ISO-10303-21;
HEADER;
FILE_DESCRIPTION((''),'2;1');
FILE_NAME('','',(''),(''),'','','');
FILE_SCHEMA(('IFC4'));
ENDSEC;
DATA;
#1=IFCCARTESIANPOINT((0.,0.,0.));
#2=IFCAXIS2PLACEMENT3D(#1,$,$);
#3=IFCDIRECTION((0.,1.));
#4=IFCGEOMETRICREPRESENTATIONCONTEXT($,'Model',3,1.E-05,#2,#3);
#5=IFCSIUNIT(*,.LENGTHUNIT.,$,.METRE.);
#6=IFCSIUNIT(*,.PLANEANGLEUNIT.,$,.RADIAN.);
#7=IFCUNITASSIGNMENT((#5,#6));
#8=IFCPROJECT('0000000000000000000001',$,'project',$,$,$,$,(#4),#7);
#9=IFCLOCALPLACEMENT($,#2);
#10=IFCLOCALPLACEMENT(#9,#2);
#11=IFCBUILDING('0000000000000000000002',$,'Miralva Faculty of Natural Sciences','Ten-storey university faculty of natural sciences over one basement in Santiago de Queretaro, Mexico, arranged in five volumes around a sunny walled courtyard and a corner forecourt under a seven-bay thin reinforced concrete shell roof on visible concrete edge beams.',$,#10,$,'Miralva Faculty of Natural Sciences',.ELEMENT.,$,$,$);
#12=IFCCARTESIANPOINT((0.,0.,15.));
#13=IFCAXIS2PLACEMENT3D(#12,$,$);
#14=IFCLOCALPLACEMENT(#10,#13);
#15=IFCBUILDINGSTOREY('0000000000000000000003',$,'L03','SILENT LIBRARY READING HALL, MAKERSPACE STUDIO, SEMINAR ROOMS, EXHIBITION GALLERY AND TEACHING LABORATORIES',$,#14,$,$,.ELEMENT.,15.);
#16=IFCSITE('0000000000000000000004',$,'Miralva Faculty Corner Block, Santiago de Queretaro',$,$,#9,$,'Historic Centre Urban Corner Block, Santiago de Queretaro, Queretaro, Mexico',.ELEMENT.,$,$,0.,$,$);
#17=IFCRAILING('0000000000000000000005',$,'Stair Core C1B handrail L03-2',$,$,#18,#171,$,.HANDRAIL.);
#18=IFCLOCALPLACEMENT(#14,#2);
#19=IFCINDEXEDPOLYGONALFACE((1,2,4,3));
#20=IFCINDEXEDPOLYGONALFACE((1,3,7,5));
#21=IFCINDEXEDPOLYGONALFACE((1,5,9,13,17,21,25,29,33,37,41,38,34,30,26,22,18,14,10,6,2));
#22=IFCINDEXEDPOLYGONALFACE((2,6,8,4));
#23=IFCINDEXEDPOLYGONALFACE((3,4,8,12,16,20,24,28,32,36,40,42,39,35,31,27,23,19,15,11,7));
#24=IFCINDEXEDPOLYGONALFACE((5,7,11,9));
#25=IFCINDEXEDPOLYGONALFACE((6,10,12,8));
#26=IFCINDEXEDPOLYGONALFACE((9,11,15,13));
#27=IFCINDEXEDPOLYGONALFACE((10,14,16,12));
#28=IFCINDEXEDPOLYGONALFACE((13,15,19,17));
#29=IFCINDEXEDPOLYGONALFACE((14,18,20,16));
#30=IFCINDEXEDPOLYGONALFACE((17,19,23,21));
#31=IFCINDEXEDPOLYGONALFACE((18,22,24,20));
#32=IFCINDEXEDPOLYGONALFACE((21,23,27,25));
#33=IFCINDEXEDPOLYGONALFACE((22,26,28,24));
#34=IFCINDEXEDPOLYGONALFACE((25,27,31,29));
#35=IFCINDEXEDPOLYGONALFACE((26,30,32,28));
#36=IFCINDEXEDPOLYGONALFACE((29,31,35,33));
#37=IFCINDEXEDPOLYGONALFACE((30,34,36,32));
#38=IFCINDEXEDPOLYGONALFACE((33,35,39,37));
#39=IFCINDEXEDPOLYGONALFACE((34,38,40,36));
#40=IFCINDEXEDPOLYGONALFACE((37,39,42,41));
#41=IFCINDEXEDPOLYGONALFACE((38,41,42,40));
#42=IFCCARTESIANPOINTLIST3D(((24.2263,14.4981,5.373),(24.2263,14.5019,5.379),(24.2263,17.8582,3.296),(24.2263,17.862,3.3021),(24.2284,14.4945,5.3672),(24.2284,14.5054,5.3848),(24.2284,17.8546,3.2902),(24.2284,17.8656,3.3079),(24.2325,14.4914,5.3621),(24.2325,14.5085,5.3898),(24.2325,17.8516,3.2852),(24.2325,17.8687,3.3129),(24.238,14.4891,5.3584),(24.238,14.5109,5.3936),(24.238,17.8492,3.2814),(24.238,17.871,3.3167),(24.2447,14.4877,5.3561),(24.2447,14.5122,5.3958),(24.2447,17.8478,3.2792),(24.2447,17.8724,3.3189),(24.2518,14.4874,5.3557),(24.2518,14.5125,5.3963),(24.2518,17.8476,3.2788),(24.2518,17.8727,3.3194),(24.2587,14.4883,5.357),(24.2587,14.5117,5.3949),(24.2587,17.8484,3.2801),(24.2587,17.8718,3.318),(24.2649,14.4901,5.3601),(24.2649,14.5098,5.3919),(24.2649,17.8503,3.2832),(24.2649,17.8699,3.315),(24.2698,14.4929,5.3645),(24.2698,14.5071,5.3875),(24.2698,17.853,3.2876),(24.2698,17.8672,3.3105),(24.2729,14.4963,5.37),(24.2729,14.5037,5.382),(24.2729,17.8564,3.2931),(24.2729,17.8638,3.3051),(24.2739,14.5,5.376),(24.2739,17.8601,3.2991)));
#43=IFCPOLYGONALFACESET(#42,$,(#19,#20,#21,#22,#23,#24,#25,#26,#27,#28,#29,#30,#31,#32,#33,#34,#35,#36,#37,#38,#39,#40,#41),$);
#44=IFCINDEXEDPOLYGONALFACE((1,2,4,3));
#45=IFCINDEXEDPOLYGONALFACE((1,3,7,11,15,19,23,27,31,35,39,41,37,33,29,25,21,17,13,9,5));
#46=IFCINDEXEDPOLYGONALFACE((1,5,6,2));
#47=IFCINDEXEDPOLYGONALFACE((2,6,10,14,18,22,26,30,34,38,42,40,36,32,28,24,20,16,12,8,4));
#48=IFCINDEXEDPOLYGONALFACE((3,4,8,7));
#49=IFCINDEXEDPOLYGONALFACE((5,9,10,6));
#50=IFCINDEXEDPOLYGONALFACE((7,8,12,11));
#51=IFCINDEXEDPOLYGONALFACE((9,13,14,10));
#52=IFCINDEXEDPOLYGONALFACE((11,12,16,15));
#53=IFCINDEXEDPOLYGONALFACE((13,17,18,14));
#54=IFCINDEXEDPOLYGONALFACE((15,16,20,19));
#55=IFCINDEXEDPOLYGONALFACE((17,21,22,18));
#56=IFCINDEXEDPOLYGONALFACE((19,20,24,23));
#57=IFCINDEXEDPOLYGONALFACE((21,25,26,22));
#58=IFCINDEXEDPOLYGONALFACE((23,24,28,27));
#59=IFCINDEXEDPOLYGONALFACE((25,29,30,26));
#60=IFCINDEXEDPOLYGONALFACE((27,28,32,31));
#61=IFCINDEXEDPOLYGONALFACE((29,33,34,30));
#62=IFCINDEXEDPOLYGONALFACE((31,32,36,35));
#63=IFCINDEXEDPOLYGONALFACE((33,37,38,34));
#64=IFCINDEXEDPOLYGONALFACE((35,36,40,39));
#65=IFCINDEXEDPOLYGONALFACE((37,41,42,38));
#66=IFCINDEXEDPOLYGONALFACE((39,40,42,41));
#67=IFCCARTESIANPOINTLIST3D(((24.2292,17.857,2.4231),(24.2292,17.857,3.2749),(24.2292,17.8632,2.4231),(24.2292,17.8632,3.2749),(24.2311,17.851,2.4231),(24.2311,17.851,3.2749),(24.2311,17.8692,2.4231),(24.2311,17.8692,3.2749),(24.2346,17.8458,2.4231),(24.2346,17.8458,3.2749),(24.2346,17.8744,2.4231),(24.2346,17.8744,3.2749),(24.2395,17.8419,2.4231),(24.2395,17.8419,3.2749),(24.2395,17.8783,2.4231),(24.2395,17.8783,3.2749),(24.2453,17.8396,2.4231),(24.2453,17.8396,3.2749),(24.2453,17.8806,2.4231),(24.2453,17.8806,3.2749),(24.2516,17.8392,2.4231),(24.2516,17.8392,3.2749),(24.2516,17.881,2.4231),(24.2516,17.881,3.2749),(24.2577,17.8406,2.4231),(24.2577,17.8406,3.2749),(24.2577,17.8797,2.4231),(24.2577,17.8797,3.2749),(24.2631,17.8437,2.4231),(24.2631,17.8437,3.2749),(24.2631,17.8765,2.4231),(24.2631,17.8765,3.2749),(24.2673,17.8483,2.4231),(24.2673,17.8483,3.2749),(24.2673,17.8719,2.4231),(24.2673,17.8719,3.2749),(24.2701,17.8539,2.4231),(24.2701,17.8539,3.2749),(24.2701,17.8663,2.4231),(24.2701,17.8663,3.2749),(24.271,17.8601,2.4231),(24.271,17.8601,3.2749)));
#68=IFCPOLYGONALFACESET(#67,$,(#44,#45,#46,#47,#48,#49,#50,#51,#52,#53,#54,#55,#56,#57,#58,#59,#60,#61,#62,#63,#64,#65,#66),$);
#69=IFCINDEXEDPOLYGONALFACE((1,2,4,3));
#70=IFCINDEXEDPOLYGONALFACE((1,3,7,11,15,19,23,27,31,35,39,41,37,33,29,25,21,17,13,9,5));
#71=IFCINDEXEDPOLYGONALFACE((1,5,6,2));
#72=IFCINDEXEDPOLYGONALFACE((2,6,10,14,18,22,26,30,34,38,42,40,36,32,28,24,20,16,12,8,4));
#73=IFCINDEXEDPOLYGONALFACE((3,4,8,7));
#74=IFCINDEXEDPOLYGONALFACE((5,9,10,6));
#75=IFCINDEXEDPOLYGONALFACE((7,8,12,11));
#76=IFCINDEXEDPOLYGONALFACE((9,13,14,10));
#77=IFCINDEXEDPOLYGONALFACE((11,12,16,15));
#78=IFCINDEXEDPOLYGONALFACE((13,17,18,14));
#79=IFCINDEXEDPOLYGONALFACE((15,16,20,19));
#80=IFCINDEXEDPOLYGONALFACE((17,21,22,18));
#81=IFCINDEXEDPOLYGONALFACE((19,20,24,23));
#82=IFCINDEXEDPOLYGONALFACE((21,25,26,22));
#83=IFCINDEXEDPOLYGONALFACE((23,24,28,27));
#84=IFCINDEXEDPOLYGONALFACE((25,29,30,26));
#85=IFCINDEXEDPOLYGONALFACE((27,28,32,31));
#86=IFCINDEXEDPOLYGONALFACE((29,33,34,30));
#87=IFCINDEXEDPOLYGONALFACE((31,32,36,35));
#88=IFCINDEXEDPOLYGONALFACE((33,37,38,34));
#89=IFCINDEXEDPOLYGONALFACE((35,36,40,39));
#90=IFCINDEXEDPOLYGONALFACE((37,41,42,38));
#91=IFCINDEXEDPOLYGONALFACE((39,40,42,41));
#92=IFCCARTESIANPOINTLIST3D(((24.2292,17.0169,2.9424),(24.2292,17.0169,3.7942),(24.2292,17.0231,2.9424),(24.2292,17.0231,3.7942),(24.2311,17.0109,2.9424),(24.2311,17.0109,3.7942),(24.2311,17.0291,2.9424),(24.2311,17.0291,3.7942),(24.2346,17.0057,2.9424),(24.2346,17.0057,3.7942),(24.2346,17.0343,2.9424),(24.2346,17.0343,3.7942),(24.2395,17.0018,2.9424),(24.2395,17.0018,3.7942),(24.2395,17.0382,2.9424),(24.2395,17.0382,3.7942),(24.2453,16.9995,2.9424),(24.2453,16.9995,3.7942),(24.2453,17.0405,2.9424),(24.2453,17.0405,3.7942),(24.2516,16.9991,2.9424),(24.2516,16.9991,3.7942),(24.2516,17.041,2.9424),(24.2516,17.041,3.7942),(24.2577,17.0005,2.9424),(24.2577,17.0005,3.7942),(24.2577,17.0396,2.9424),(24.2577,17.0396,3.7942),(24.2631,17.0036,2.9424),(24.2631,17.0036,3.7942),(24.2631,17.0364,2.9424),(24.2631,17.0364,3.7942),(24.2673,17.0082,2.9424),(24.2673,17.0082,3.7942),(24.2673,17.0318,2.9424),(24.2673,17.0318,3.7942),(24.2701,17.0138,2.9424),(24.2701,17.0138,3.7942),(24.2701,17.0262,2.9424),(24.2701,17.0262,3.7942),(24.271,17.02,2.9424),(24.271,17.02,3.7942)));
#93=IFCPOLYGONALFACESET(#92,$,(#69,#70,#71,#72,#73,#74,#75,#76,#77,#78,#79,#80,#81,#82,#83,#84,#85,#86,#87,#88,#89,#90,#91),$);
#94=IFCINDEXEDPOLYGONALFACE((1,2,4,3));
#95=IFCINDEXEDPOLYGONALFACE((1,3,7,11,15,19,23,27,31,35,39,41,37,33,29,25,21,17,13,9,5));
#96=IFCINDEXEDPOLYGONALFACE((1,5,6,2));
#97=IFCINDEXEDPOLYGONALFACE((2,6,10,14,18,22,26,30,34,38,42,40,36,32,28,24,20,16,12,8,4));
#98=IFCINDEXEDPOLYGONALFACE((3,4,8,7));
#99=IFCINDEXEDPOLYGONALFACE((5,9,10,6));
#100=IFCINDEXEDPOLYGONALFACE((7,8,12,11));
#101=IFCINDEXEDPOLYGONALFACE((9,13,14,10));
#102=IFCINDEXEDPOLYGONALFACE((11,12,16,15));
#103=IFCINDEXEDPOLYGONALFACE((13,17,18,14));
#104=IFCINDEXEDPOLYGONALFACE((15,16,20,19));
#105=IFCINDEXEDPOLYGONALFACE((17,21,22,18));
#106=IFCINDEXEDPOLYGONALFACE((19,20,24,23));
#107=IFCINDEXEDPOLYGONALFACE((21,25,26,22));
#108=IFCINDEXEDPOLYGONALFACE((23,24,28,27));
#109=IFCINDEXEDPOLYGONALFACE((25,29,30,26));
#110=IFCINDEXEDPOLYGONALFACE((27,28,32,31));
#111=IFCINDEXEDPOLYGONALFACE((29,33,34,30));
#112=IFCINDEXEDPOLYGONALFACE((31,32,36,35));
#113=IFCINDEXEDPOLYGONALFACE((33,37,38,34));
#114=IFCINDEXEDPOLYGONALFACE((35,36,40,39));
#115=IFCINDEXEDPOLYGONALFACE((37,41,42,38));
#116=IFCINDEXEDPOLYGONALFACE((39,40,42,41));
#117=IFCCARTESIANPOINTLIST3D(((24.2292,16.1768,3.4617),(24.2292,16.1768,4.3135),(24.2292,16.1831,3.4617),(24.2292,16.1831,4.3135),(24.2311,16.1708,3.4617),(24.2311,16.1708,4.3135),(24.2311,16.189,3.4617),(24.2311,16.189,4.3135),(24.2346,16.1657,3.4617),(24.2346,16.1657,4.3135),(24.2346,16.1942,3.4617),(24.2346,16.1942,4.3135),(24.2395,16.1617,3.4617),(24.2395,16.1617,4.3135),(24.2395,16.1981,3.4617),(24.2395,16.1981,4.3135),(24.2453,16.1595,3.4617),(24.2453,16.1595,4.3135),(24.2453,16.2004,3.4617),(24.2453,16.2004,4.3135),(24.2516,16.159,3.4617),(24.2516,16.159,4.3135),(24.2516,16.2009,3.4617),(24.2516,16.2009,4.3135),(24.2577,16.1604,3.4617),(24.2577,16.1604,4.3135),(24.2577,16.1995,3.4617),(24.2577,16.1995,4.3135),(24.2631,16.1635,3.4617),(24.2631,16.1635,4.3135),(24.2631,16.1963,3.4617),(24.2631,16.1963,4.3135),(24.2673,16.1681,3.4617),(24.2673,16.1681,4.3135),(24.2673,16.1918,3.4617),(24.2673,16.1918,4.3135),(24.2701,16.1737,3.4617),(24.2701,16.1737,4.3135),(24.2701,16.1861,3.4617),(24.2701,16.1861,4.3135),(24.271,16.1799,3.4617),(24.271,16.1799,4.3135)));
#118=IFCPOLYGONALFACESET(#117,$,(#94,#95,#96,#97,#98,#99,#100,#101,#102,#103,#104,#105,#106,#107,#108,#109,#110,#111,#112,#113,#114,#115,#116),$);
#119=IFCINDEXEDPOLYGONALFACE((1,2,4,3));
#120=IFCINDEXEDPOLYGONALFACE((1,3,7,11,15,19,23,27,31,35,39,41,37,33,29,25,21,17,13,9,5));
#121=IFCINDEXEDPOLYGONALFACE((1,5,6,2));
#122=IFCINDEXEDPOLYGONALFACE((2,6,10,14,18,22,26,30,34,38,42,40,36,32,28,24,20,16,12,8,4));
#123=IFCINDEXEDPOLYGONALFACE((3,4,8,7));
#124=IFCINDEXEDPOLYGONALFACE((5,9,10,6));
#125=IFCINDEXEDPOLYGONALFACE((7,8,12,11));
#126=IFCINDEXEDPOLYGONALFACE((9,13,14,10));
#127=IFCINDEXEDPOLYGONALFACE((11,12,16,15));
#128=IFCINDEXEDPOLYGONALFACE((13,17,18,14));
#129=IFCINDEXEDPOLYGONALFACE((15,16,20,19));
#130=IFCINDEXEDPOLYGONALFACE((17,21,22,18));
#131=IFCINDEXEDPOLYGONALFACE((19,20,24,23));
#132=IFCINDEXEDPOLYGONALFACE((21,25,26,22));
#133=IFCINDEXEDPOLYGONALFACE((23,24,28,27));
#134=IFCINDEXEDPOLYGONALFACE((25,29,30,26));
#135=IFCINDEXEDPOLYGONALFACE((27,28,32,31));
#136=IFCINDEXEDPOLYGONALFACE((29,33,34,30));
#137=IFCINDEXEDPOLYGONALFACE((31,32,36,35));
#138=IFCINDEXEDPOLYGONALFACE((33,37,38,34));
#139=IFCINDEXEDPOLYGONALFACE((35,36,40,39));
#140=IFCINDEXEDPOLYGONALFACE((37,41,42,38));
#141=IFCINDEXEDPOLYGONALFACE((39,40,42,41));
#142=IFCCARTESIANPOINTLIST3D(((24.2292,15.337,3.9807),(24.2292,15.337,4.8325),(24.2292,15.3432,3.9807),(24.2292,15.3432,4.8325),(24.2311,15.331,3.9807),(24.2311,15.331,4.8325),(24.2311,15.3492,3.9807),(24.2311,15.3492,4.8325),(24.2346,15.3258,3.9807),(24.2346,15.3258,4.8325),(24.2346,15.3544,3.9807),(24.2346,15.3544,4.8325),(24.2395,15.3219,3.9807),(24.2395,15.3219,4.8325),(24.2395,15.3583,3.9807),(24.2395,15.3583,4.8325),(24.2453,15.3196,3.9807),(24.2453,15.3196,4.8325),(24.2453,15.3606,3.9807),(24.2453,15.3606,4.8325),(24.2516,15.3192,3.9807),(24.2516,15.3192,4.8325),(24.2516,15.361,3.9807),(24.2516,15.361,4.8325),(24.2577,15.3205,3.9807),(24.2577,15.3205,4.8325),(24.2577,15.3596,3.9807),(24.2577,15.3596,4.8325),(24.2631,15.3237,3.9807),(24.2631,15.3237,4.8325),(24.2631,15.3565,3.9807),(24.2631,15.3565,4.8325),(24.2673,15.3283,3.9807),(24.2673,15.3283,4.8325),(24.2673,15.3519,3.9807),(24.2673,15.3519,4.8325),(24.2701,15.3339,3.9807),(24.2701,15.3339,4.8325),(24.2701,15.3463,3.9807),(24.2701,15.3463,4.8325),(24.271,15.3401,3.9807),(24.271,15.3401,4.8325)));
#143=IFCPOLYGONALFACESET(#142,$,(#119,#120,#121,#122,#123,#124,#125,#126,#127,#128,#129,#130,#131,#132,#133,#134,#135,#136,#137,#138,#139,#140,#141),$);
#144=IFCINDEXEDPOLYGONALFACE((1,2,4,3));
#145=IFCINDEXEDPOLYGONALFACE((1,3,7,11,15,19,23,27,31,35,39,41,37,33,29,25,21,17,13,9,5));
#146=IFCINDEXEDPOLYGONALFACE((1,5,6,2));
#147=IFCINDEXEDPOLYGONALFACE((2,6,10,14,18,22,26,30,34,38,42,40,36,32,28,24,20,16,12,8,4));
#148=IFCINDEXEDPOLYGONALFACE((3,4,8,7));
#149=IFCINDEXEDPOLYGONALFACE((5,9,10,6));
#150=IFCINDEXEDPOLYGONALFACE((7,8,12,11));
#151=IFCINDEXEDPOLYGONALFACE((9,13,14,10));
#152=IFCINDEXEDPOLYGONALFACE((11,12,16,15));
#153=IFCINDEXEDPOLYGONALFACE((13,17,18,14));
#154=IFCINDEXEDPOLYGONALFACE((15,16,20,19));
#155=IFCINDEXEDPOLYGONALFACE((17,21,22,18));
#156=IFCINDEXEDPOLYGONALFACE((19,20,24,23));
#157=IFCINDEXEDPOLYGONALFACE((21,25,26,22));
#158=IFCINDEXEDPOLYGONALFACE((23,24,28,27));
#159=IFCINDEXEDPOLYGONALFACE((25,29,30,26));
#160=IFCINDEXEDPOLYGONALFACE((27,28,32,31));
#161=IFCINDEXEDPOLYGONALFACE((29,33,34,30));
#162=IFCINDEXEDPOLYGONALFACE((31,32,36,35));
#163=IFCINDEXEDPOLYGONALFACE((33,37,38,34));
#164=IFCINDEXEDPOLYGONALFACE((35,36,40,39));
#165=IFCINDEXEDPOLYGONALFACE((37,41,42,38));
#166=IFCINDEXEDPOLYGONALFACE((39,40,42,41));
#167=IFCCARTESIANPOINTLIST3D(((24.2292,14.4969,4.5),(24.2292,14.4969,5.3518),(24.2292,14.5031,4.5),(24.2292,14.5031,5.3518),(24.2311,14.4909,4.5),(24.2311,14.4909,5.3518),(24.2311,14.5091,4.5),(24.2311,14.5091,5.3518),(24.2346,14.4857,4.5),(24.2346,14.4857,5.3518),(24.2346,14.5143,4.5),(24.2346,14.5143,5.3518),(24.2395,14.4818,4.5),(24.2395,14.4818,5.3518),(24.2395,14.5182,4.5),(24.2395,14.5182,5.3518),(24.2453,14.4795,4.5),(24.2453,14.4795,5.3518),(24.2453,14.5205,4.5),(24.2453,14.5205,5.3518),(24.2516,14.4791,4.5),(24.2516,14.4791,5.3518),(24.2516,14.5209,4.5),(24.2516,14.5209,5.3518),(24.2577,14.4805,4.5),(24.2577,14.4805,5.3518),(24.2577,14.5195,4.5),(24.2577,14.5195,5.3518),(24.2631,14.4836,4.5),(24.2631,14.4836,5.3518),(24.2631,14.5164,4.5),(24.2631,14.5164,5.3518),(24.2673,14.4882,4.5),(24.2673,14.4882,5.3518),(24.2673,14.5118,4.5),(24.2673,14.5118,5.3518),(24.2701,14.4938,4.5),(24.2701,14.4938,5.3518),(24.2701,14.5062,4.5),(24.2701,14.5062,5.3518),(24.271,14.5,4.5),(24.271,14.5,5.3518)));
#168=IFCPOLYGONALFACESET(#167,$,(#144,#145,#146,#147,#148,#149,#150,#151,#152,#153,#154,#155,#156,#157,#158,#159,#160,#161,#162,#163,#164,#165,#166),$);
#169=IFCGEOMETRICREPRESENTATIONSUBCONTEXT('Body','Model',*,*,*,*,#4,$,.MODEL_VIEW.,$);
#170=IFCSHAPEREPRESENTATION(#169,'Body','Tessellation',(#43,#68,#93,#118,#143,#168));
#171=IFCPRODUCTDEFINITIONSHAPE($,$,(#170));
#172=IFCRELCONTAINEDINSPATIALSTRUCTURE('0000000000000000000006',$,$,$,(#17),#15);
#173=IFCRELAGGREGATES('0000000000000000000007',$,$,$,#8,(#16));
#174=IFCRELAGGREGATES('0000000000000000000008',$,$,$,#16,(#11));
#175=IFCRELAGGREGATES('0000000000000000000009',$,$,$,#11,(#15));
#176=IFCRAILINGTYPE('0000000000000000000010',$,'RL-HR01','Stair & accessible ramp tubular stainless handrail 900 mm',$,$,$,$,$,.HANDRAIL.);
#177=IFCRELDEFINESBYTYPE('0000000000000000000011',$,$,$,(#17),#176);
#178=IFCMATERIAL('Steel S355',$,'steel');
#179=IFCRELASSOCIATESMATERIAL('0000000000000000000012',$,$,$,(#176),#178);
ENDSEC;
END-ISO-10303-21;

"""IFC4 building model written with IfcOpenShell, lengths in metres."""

from ifc_helpers import new_model, si_unit, direction, frame, origin, origin_2d, place, context, subcontext, project, spatial, circle, extrude, material, type_object, element, save


model = new_model("IFC4")

# Units and contexts
model_context = context("Model", 3, precision=1e-05, world=origin(), true_north=direction((0.0, 1.0)))
body_context = subcontext(model_context, "Body", "Model", "MODEL_VIEW")
ifc_project = project(units=[si_unit("LENGTHUNIT", "METRE"), si_unit("PLANEANGLEUNIT", "RADIAN")], contexts=[model_context])

# Site, building, storey
site_placement = place(None, origin())
site = spatial("IfcSite", under=ifc_project, at=site_placement, Name="Miralva Faculty Corner Block, Santiago de Queretaro", LongName="Historic Centre Urban Corner Block, Santiago de Queretaro, Queretaro, Mexico", CompositionType="ELEMENT", RefElevation=0.0)
building_placement = place(site_placement, origin())
building = spatial("IfcBuilding", under=site, at=building_placement, Name="Miralva Faculty of Natural Sciences", Description="Ten-storey university faculty of natural sciences over one basement in Santiago de Queretaro, Mexico, arranged in five volumes around a sunny walled courtyard and a corner forecourt under a seven-bay thin reinforced concrete shell roof on visible concrete edge beams.", LongName="Miralva Faculty of Natural Sciences", CompositionType="ELEMENT")
storey_placement = place(building_placement, frame((0.0, 0.0, 15.0)))
storey = spatial("IfcBuildingStorey", under=building, at=storey_placement, Name="L03", Description="SILENT LIBRARY READING HALL, MAKERSPACE STUDIO, SEMINAR ROOMS, EXHIBITION GALLERY AND TEACHING LABORATORIES", CompositionType="ELEMENT", Elevation=15.0)

# Railing
ifc_material_1 = material(Name="Steel S355", Category="steel")
railing_type_1 = type_object("IfcRailingType", Name="RL-HR01", Description="Stair & accessible ramp tubular stainless handrail 900 mm", PredefinedType="HANDRAIL", material=ifc_material_1)
railing_1_placement = place(storey_placement, frame((24.25, 17.8601, 2.4231)))
element("IfcRailing", 1, at=railing_1_placement, inside=storey, type_object=railing_type_1, Name="Stair Core C1B handrail L03-2", PredefinedType="HANDRAIL", context=body_context, shape_type="SweptSolid", body=[
    extrude(circle(Radius=0.0239, at=origin_2d()), frame((0.0, 0.0, 0.876), z_axis=(0.0, -0.850623, 0.525776), x_axis=(1.0, 0.0, 0.0)), (0.0, 0.0, 1.0), 3.9502),
    extrude(circle(Radius=0.021, at=origin_2d()), origin(), (0.0, 0.0, 1.0), 0.8518),
    extrude(circle(Radius=0.021, at=origin_2d()), frame((0.0, -0.8401, 0.5193)), (0.0, 0.0, 1.0), 0.8518),
    extrude(circle(Radius=0.021, at=origin_2d()), frame((0.0, -1.6802, 1.0386)), (0.0, 0.0, 1.0), 0.8518),
    extrude(circle(Radius=0.021, at=origin_2d()), frame((0.0, -2.52, 1.5576)), (0.0, 0.0, 1.0), 0.8518),
    extrude(circle(Radius=0.021, at=origin_2d()), frame((0.0, -3.3601, 2.0769)), (0.0, 0.0, 1.0), 0.8518),
])

save(model, "model.ifc")
